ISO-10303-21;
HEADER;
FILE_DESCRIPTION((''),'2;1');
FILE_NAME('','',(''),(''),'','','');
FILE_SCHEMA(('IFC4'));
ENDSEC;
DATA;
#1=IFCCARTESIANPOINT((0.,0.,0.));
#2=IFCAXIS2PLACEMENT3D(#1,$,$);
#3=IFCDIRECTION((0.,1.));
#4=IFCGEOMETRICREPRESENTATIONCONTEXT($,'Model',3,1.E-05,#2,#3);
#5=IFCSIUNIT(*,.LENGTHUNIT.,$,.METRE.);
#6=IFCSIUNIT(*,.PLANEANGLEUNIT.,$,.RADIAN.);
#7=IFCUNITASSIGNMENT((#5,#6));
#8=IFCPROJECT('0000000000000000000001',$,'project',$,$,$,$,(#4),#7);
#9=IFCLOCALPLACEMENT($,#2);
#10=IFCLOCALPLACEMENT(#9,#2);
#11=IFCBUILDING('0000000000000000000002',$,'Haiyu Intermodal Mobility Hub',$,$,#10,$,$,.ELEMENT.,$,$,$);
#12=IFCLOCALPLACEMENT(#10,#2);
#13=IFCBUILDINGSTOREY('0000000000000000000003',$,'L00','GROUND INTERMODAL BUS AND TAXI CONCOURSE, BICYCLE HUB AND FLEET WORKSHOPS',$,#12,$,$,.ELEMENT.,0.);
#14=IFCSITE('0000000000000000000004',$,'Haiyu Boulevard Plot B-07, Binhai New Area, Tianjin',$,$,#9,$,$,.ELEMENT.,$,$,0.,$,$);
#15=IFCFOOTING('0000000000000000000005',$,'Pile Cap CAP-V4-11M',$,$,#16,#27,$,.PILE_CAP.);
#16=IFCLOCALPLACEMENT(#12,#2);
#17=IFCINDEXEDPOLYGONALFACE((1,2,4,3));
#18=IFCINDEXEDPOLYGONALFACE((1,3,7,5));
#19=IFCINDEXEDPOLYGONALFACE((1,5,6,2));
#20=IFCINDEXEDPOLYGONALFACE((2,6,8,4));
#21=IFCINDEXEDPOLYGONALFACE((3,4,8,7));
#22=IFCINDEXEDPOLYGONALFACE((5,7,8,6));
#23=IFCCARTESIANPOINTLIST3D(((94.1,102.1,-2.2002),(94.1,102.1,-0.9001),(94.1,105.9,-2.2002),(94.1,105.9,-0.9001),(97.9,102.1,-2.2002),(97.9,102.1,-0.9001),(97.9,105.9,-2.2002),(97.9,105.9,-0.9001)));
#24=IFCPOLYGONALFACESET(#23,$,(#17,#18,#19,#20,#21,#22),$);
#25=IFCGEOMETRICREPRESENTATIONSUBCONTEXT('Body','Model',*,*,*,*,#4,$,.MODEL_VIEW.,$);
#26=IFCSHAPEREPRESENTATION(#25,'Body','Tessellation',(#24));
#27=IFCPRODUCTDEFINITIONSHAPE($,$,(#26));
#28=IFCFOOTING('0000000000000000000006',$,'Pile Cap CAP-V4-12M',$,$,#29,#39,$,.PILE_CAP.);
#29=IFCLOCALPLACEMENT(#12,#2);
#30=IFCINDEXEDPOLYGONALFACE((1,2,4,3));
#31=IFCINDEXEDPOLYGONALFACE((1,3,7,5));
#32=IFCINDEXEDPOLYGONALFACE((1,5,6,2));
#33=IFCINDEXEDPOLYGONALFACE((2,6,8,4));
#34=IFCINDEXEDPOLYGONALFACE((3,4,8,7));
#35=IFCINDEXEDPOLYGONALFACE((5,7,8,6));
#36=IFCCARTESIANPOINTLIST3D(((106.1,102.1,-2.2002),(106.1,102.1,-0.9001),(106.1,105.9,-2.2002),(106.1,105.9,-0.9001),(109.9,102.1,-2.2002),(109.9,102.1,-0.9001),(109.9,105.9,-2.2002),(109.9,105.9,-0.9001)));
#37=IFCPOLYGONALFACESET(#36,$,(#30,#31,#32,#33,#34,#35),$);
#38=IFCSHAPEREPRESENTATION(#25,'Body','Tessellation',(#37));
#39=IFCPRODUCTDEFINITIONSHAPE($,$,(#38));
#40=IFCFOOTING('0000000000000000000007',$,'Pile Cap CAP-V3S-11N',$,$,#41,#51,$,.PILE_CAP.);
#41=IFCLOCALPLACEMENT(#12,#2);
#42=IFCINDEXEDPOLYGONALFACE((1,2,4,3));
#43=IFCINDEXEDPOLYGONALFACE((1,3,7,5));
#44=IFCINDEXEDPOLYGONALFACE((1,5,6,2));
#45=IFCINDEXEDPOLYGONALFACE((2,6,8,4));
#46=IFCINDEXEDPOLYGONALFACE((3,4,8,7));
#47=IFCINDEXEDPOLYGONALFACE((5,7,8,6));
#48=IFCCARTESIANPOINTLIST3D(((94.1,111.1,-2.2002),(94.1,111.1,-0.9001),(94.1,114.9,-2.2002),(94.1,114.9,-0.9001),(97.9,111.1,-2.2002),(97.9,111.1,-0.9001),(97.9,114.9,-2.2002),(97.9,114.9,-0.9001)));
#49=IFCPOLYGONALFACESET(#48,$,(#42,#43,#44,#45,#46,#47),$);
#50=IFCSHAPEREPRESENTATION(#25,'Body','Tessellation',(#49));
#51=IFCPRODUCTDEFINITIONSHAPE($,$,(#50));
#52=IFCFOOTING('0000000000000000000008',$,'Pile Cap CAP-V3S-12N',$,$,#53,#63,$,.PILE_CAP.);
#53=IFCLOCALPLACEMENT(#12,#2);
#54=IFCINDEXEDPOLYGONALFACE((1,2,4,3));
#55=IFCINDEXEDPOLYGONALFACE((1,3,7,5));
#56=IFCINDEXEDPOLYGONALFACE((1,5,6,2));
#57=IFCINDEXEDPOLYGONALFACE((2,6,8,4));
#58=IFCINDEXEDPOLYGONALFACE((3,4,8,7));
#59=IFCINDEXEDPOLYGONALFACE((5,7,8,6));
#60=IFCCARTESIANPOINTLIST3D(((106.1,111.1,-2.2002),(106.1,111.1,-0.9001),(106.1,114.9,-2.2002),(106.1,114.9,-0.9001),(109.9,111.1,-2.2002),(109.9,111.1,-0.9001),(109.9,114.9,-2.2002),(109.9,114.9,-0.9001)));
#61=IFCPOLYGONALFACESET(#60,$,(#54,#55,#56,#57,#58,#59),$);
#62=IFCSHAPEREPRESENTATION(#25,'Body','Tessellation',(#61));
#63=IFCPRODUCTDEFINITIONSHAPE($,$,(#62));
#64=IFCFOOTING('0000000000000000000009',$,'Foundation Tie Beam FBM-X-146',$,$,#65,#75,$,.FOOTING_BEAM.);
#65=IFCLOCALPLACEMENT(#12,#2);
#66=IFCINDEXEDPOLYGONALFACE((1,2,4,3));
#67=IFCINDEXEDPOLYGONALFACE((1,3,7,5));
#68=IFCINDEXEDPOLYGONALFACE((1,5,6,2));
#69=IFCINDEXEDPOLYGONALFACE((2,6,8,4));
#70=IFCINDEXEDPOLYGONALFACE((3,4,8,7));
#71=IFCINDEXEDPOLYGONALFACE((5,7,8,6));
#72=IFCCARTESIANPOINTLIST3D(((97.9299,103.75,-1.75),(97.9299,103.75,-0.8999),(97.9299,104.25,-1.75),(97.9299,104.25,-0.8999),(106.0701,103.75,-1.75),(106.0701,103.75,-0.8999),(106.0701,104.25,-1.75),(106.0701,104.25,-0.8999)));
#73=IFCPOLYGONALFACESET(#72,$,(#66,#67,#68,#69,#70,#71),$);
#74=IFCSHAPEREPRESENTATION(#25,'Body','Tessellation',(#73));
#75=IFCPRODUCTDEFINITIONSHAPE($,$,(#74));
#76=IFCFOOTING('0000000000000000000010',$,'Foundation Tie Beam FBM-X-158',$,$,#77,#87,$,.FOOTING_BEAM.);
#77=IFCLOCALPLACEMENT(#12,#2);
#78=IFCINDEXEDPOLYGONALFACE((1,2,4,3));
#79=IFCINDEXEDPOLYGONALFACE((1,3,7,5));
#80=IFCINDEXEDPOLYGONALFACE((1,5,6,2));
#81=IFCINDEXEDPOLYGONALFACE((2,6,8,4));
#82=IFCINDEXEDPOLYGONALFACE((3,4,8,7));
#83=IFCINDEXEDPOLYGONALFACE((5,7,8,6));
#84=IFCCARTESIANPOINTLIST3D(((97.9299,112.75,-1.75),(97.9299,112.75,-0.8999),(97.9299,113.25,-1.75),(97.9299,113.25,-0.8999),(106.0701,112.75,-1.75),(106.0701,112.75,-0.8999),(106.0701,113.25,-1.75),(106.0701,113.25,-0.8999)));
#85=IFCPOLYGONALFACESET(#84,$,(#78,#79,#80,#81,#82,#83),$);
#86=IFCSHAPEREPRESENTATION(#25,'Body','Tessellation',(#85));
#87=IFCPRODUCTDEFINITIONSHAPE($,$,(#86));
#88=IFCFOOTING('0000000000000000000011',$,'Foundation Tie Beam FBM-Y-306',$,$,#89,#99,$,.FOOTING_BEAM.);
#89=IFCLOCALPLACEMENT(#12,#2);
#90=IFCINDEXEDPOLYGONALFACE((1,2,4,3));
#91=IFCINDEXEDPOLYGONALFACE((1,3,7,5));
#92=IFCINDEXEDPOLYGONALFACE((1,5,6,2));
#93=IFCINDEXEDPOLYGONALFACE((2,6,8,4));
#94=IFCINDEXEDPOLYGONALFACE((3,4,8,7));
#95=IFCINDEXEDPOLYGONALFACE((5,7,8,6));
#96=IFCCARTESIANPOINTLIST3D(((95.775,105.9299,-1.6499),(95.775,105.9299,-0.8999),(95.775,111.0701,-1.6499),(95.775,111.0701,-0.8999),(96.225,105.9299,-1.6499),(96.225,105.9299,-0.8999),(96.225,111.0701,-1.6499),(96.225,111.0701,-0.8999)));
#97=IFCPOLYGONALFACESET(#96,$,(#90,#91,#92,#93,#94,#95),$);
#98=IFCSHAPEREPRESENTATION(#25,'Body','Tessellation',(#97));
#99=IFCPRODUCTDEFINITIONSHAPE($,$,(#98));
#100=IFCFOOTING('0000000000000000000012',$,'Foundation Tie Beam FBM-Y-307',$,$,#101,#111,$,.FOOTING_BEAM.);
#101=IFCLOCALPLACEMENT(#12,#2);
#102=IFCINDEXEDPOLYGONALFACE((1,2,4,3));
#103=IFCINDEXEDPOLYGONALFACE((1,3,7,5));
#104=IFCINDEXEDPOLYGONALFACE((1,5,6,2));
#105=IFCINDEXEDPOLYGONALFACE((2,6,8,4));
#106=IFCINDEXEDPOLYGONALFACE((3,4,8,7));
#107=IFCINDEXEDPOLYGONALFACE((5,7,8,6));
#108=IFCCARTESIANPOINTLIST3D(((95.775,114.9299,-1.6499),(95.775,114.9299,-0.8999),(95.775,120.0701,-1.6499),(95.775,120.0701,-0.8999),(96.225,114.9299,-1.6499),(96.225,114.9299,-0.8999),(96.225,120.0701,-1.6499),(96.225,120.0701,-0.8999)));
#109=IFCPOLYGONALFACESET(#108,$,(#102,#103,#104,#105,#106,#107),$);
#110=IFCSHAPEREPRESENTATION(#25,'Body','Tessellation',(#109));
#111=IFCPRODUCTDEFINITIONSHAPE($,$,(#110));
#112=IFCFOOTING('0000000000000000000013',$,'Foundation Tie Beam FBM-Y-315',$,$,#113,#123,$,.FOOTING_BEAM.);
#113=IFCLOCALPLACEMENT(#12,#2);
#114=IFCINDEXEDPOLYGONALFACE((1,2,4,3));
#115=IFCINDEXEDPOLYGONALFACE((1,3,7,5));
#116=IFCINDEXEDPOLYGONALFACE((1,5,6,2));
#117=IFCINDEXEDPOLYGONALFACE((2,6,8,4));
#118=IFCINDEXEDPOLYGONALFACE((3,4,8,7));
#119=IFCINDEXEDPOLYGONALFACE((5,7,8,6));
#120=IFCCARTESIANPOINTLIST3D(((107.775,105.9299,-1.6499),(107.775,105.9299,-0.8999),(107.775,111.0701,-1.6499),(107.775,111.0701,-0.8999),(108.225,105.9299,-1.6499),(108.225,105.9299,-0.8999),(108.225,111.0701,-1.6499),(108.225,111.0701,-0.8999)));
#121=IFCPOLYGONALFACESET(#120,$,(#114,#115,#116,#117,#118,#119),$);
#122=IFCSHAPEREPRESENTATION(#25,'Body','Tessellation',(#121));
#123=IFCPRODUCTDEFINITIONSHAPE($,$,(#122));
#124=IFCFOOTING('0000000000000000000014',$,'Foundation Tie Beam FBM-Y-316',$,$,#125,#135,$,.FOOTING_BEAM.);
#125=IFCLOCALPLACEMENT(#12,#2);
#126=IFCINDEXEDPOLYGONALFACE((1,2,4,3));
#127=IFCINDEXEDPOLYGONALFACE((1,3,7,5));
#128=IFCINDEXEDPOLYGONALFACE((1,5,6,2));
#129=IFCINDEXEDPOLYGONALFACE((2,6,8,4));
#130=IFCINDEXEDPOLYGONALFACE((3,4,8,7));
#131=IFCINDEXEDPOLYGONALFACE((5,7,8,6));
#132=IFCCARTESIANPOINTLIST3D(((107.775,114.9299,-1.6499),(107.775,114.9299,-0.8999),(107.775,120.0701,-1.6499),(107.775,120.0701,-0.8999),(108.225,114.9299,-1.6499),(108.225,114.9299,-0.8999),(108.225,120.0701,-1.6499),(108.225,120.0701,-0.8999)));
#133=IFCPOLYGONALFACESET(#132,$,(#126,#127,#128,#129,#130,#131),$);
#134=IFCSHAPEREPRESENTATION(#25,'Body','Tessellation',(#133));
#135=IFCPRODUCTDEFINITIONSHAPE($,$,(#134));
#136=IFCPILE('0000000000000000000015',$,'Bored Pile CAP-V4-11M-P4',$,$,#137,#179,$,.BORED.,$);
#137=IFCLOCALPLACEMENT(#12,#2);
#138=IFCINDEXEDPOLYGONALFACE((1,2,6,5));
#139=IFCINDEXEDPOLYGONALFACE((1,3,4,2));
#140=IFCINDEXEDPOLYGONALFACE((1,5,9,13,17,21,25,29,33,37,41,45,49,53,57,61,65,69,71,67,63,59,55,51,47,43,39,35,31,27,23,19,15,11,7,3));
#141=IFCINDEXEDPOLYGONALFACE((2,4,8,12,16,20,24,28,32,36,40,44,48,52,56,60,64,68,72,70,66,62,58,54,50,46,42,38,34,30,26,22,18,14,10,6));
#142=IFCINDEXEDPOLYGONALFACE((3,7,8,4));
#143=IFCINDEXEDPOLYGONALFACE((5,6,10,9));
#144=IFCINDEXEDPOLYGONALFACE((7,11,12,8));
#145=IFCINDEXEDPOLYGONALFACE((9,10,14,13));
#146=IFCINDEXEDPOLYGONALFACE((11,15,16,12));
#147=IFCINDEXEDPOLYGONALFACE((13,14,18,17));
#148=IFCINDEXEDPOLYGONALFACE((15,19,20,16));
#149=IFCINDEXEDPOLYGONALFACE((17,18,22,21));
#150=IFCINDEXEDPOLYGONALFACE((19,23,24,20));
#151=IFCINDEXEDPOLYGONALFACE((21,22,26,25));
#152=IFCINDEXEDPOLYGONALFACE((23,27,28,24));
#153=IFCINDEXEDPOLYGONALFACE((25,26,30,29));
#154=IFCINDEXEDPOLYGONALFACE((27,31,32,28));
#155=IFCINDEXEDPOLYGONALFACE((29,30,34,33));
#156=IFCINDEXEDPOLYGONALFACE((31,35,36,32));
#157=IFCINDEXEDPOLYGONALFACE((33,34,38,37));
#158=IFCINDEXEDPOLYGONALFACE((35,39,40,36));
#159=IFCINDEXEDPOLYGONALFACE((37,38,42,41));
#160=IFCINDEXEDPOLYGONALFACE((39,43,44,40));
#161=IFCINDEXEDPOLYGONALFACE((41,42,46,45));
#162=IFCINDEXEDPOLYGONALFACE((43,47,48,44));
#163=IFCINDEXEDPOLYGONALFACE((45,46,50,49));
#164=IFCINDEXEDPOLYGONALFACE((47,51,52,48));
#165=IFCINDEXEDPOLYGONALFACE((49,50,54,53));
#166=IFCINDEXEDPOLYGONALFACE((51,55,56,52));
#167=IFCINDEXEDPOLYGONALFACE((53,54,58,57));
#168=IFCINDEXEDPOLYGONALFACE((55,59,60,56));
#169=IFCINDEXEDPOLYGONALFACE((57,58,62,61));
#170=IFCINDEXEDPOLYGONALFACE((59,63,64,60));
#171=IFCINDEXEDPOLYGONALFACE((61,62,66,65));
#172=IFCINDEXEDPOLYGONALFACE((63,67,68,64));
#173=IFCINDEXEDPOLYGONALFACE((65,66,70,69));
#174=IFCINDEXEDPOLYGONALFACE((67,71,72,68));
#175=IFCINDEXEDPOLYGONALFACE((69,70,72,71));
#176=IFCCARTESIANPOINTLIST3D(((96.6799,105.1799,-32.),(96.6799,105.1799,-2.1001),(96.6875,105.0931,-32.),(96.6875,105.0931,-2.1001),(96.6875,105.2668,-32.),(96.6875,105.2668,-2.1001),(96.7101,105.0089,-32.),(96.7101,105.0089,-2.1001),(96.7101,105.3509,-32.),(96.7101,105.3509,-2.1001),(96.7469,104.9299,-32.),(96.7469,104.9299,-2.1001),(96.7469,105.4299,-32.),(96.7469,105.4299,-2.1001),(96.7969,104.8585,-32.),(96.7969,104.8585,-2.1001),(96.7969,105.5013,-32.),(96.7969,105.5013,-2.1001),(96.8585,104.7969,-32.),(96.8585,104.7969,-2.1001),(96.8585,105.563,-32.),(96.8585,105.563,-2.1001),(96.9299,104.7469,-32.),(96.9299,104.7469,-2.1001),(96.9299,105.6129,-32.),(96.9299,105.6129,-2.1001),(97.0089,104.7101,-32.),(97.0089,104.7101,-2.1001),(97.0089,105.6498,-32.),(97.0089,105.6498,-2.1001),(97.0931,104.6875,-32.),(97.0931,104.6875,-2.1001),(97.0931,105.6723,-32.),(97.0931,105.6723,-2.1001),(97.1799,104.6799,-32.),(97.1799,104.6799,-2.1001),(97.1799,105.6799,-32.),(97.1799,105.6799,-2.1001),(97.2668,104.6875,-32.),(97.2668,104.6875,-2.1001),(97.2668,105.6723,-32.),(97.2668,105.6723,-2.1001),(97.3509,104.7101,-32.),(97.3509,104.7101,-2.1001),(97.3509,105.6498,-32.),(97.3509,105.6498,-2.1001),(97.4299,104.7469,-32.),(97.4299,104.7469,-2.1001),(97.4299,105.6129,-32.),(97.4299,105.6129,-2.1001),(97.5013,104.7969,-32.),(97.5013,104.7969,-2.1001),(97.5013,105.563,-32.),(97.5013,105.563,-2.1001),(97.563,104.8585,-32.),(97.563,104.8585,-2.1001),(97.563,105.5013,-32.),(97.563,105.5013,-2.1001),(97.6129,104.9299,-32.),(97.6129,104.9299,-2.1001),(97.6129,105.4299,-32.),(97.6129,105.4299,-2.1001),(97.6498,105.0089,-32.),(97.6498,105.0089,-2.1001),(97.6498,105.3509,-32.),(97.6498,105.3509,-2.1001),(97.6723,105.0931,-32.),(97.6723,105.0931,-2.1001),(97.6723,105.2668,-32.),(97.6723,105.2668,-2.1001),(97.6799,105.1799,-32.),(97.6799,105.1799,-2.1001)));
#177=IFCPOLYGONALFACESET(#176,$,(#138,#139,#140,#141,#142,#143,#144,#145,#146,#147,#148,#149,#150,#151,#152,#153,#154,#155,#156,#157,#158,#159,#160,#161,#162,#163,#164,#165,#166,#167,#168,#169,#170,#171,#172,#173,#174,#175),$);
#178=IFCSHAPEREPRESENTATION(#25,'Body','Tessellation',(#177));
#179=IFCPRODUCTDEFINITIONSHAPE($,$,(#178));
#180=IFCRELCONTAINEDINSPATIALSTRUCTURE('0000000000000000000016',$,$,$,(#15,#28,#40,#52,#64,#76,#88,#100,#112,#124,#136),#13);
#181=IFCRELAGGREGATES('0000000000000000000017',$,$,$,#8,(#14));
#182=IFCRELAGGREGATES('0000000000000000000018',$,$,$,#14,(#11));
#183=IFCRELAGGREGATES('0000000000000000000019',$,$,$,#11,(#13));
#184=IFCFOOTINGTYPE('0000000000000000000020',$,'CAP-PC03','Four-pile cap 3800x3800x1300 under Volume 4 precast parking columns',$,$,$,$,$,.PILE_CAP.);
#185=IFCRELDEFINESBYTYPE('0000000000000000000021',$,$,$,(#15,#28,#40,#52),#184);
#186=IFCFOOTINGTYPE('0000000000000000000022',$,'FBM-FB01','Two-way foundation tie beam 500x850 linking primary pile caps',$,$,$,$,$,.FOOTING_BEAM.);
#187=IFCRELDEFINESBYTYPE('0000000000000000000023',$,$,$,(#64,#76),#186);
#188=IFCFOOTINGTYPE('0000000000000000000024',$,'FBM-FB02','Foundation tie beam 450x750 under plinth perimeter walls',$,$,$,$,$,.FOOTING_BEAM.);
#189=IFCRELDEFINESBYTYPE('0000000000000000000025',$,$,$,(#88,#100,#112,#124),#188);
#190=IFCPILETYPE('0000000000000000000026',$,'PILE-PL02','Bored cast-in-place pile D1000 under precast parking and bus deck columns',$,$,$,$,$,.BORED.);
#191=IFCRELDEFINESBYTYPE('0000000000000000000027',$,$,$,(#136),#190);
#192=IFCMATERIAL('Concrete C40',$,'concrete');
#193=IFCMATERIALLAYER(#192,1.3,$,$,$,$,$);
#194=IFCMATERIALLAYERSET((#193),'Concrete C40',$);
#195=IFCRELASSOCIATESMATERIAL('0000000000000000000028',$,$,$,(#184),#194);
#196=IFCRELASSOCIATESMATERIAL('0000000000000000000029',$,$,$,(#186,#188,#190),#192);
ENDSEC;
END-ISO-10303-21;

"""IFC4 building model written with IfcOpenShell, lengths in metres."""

from ifc_helpers import new_model, si_unit, direction, frame, origin, origin_2d, place, context, subcontext, project, spatial, rectangle, circle, extrude, material, layer, layer_set, material_profile, profile_set, type_object, element, save


model = new_model("IFC4")

# Units and contexts
model_context = context("Model", 3, precision=1e-05, world=origin(), true_north=direction((0.0, 1.0)))
body_context = subcontext(model_context, "Body", "Model", "MODEL_VIEW")
ifc_project = project(units=[si_unit("LENGTHUNIT", "METRE"), si_unit("PLANEANGLEUNIT", "RADIAN")], contexts=[model_context])

# Site, building, storey
site_placement = place(None, origin())
site = spatial("IfcSite", under=ifc_project, at=site_placement, Name="Haiyu Boulevard Plot B-07, Binhai New Area, Tianjin", CompositionType="ELEMENT", RefElevation=0.0)
building_placement = place(site_placement, origin())
building = spatial("IfcBuilding", under=site, at=building_placement, Name="Haiyu Intermodal Mobility Hub", CompositionType="ELEMENT")
storey_placement = place(building_placement, origin())
storey = spatial("IfcBuildingStorey", under=building, at=storey_placement, Name="L00", Description="GROUND INTERMODAL BUS AND TAXI CONCOURSE, BICYCLE HUB AND FLEET WORKSHOPS", CompositionType="ELEMENT", Elevation=0.0)

# Footings
ifc_material_1 = material(Name="Concrete C40", Category="concrete")
ifc_layer_1 = layer(ifc_material_1, 1.3)
ifc_layer_set_1 = layer_set([ifc_layer_1], Name="Concrete C40")
footing_type_1 = type_object("IfcFootingType", Name="CAP-PC03", Description="Four-pile cap 3800x3800x1300 under Volume 4 precast parking columns", PredefinedType="PILE_CAP", material=ifc_layer_set_1)
for number, where, z_axis, x_axis, name in (
    (1, (96.0, 104.0, -2.2002), (0.0, 0.0, 1.0), (1.0, 0.0, 0.0), "Pile Cap CAP-V4-11M"),
    (2, (108.0, 104.0, -2.2002), (0.0, 0.0, 1.0), (1.0, 0.0, 0.0), "Pile Cap CAP-V4-12M"),
    (3, (96.0, 113.0, -2.2002), (0.0, 0.0, 1.0), (1.0, 0.0, 0.0), "Pile Cap CAP-V3S-11N"),
    (4, (108.0, 113.0, -2.2002), (0.0, 0.0, 1.0), (1.0, 0.0, 0.0), "Pile Cap CAP-V3S-12N"),
):
    element("IfcFooting", number, at=place(storey_placement, frame(where, z_axis=z_axis, x_axis=x_axis)), inside=storey, type_object=footing_type_1, Name=name, PredefinedType="PILE_CAP", context=body_context, shape_type="SweptSolid", body=[
        extrude(rectangle(XDim=3.8, YDim=3.8, at=origin_2d()), origin(), (0.0, 0.0, 1.0), 1.3),
    ])
ifc_material_profile_1 = material_profile(ifc_material_1, rectangle(XDim=0.5, YDim=0.8501, at=origin_2d()), Name="FB500x850")
ifc_profile_set_1 = profile_set([ifc_material_profile_1], Name="Concrete C40")
footing_type_2 = type_object("IfcFootingType", Name="FBM-FB01", Description="Two-way foundation tie beam 500x850 linking primary pile caps", PredefinedType="FOOTING_BEAM", material=ifc_profile_set_1)
for number, where, z_axis, x_axis, name in (
    (5, (97.9299, 104.0, -1.325), (1.0, 0.0, 0.0), (0.0, 1.0, 0.0), "Foundation Tie Beam FBM-X-146"),
    (6, (97.9299, 113.0, -1.325), (1.0, 0.0, 0.0), (0.0, 1.0, 0.0), "Foundation Tie Beam FBM-X-158"),
):
    element("IfcFooting", number, at=place(storey_placement, frame(where, z_axis=z_axis, x_axis=x_axis)), inside=storey, type_object=footing_type_2, Name=name, PredefinedType="FOOTING_BEAM", context=body_context, shape_type="SweptSolid", body=[
        extrude(rectangle(XDim=0.5, YDim=0.8501, at=origin_2d()), origin(), (0.0, 0.0, 1.0), 8.1401),
    ])
ifc_material_profile_2 = material_profile(ifc_material_1, rectangle(XDim=0.45, YDim=0.75, at=origin_2d()), Name="FB450x750")
ifc_profile_set_2 = profile_set([ifc_material_profile_2], Name="Concrete C40")
footing_type_3 = type_object("IfcFootingType", Name="FBM-FB02", Description="Foundation tie beam 450x750 under plinth perimeter walls", PredefinedType="FOOTING_BEAM", material=ifc_profile_set_2)
for number, where, z_axis, x_axis, name in (
    (7, (96.0, 105.9299, -1.2749), (0.0, 1.0, 0.0), (-1.0, 0.0, 0.0), "Foundation Tie Beam FBM-Y-306"),
    (8, (96.0, 114.9299, -1.2749), (0.0, 1.0, 0.0), (-1.0, 0.0, 0.0), "Foundation Tie Beam FBM-Y-307"),
    (9, (108.0, 105.9299, -1.2749), (0.0, 1.0, 0.0), (-1.0, 0.0, 0.0), "Foundation Tie Beam FBM-Y-315"),
    (10, (108.0, 114.9299, -1.2749), (0.0, 1.0, 0.0), (-1.0, 0.0, 0.0), "Foundation Tie Beam FBM-Y-316"),
):
    element("IfcFooting", number, at=place(storey_placement, frame(where, z_axis=z_axis, x_axis=x_axis)), inside=storey, type_object=footing_type_3, Name=name, PredefinedType="FOOTING_BEAM", context=body_context, shape_type="SweptSolid", body=[
        extrude(rectangle(XDim=0.45, YDim=0.75, at=origin_2d()), origin(), (0.0, 0.0, 1.0), 5.1401),
    ])

# Pile
ifc_material_profile_3 = material_profile(ifc_material_1, circle(Radius=0.5, at=origin_2d()), Name="PILE-D1000")
ifc_profile_set_3 = profile_set([ifc_material_profile_3], Name="Concrete C40")
pile_type = type_object("IfcPileType", Name="PILE-PL02", Description="Bored cast-in-place pile D1000 under precast parking and bus deck columns", PredefinedType="BORED", material=ifc_profile_set_3)
for number, where, z_axis, x_axis, name in (
    (11, (97.1799, 105.1799, -2.1001), (0.0, 0.0, -1.0), (1.0, 0.0, 0.0), "Bored Pile CAP-V4-11M-P4"),
):
    element("IfcPile", number, at=place(storey_placement, frame(where, z_axis=z_axis, x_axis=x_axis)), inside=storey, type_object=pile_type, Name=name, PredefinedType="BORED", context=body_context, shape_type="SweptSolid", body=[
        extrude(circle(Radius=0.5, at=origin_2d()), origin(), (0.0, 0.0, 1.0), 29.8999),
    ])

save(model, "model.ifc")
